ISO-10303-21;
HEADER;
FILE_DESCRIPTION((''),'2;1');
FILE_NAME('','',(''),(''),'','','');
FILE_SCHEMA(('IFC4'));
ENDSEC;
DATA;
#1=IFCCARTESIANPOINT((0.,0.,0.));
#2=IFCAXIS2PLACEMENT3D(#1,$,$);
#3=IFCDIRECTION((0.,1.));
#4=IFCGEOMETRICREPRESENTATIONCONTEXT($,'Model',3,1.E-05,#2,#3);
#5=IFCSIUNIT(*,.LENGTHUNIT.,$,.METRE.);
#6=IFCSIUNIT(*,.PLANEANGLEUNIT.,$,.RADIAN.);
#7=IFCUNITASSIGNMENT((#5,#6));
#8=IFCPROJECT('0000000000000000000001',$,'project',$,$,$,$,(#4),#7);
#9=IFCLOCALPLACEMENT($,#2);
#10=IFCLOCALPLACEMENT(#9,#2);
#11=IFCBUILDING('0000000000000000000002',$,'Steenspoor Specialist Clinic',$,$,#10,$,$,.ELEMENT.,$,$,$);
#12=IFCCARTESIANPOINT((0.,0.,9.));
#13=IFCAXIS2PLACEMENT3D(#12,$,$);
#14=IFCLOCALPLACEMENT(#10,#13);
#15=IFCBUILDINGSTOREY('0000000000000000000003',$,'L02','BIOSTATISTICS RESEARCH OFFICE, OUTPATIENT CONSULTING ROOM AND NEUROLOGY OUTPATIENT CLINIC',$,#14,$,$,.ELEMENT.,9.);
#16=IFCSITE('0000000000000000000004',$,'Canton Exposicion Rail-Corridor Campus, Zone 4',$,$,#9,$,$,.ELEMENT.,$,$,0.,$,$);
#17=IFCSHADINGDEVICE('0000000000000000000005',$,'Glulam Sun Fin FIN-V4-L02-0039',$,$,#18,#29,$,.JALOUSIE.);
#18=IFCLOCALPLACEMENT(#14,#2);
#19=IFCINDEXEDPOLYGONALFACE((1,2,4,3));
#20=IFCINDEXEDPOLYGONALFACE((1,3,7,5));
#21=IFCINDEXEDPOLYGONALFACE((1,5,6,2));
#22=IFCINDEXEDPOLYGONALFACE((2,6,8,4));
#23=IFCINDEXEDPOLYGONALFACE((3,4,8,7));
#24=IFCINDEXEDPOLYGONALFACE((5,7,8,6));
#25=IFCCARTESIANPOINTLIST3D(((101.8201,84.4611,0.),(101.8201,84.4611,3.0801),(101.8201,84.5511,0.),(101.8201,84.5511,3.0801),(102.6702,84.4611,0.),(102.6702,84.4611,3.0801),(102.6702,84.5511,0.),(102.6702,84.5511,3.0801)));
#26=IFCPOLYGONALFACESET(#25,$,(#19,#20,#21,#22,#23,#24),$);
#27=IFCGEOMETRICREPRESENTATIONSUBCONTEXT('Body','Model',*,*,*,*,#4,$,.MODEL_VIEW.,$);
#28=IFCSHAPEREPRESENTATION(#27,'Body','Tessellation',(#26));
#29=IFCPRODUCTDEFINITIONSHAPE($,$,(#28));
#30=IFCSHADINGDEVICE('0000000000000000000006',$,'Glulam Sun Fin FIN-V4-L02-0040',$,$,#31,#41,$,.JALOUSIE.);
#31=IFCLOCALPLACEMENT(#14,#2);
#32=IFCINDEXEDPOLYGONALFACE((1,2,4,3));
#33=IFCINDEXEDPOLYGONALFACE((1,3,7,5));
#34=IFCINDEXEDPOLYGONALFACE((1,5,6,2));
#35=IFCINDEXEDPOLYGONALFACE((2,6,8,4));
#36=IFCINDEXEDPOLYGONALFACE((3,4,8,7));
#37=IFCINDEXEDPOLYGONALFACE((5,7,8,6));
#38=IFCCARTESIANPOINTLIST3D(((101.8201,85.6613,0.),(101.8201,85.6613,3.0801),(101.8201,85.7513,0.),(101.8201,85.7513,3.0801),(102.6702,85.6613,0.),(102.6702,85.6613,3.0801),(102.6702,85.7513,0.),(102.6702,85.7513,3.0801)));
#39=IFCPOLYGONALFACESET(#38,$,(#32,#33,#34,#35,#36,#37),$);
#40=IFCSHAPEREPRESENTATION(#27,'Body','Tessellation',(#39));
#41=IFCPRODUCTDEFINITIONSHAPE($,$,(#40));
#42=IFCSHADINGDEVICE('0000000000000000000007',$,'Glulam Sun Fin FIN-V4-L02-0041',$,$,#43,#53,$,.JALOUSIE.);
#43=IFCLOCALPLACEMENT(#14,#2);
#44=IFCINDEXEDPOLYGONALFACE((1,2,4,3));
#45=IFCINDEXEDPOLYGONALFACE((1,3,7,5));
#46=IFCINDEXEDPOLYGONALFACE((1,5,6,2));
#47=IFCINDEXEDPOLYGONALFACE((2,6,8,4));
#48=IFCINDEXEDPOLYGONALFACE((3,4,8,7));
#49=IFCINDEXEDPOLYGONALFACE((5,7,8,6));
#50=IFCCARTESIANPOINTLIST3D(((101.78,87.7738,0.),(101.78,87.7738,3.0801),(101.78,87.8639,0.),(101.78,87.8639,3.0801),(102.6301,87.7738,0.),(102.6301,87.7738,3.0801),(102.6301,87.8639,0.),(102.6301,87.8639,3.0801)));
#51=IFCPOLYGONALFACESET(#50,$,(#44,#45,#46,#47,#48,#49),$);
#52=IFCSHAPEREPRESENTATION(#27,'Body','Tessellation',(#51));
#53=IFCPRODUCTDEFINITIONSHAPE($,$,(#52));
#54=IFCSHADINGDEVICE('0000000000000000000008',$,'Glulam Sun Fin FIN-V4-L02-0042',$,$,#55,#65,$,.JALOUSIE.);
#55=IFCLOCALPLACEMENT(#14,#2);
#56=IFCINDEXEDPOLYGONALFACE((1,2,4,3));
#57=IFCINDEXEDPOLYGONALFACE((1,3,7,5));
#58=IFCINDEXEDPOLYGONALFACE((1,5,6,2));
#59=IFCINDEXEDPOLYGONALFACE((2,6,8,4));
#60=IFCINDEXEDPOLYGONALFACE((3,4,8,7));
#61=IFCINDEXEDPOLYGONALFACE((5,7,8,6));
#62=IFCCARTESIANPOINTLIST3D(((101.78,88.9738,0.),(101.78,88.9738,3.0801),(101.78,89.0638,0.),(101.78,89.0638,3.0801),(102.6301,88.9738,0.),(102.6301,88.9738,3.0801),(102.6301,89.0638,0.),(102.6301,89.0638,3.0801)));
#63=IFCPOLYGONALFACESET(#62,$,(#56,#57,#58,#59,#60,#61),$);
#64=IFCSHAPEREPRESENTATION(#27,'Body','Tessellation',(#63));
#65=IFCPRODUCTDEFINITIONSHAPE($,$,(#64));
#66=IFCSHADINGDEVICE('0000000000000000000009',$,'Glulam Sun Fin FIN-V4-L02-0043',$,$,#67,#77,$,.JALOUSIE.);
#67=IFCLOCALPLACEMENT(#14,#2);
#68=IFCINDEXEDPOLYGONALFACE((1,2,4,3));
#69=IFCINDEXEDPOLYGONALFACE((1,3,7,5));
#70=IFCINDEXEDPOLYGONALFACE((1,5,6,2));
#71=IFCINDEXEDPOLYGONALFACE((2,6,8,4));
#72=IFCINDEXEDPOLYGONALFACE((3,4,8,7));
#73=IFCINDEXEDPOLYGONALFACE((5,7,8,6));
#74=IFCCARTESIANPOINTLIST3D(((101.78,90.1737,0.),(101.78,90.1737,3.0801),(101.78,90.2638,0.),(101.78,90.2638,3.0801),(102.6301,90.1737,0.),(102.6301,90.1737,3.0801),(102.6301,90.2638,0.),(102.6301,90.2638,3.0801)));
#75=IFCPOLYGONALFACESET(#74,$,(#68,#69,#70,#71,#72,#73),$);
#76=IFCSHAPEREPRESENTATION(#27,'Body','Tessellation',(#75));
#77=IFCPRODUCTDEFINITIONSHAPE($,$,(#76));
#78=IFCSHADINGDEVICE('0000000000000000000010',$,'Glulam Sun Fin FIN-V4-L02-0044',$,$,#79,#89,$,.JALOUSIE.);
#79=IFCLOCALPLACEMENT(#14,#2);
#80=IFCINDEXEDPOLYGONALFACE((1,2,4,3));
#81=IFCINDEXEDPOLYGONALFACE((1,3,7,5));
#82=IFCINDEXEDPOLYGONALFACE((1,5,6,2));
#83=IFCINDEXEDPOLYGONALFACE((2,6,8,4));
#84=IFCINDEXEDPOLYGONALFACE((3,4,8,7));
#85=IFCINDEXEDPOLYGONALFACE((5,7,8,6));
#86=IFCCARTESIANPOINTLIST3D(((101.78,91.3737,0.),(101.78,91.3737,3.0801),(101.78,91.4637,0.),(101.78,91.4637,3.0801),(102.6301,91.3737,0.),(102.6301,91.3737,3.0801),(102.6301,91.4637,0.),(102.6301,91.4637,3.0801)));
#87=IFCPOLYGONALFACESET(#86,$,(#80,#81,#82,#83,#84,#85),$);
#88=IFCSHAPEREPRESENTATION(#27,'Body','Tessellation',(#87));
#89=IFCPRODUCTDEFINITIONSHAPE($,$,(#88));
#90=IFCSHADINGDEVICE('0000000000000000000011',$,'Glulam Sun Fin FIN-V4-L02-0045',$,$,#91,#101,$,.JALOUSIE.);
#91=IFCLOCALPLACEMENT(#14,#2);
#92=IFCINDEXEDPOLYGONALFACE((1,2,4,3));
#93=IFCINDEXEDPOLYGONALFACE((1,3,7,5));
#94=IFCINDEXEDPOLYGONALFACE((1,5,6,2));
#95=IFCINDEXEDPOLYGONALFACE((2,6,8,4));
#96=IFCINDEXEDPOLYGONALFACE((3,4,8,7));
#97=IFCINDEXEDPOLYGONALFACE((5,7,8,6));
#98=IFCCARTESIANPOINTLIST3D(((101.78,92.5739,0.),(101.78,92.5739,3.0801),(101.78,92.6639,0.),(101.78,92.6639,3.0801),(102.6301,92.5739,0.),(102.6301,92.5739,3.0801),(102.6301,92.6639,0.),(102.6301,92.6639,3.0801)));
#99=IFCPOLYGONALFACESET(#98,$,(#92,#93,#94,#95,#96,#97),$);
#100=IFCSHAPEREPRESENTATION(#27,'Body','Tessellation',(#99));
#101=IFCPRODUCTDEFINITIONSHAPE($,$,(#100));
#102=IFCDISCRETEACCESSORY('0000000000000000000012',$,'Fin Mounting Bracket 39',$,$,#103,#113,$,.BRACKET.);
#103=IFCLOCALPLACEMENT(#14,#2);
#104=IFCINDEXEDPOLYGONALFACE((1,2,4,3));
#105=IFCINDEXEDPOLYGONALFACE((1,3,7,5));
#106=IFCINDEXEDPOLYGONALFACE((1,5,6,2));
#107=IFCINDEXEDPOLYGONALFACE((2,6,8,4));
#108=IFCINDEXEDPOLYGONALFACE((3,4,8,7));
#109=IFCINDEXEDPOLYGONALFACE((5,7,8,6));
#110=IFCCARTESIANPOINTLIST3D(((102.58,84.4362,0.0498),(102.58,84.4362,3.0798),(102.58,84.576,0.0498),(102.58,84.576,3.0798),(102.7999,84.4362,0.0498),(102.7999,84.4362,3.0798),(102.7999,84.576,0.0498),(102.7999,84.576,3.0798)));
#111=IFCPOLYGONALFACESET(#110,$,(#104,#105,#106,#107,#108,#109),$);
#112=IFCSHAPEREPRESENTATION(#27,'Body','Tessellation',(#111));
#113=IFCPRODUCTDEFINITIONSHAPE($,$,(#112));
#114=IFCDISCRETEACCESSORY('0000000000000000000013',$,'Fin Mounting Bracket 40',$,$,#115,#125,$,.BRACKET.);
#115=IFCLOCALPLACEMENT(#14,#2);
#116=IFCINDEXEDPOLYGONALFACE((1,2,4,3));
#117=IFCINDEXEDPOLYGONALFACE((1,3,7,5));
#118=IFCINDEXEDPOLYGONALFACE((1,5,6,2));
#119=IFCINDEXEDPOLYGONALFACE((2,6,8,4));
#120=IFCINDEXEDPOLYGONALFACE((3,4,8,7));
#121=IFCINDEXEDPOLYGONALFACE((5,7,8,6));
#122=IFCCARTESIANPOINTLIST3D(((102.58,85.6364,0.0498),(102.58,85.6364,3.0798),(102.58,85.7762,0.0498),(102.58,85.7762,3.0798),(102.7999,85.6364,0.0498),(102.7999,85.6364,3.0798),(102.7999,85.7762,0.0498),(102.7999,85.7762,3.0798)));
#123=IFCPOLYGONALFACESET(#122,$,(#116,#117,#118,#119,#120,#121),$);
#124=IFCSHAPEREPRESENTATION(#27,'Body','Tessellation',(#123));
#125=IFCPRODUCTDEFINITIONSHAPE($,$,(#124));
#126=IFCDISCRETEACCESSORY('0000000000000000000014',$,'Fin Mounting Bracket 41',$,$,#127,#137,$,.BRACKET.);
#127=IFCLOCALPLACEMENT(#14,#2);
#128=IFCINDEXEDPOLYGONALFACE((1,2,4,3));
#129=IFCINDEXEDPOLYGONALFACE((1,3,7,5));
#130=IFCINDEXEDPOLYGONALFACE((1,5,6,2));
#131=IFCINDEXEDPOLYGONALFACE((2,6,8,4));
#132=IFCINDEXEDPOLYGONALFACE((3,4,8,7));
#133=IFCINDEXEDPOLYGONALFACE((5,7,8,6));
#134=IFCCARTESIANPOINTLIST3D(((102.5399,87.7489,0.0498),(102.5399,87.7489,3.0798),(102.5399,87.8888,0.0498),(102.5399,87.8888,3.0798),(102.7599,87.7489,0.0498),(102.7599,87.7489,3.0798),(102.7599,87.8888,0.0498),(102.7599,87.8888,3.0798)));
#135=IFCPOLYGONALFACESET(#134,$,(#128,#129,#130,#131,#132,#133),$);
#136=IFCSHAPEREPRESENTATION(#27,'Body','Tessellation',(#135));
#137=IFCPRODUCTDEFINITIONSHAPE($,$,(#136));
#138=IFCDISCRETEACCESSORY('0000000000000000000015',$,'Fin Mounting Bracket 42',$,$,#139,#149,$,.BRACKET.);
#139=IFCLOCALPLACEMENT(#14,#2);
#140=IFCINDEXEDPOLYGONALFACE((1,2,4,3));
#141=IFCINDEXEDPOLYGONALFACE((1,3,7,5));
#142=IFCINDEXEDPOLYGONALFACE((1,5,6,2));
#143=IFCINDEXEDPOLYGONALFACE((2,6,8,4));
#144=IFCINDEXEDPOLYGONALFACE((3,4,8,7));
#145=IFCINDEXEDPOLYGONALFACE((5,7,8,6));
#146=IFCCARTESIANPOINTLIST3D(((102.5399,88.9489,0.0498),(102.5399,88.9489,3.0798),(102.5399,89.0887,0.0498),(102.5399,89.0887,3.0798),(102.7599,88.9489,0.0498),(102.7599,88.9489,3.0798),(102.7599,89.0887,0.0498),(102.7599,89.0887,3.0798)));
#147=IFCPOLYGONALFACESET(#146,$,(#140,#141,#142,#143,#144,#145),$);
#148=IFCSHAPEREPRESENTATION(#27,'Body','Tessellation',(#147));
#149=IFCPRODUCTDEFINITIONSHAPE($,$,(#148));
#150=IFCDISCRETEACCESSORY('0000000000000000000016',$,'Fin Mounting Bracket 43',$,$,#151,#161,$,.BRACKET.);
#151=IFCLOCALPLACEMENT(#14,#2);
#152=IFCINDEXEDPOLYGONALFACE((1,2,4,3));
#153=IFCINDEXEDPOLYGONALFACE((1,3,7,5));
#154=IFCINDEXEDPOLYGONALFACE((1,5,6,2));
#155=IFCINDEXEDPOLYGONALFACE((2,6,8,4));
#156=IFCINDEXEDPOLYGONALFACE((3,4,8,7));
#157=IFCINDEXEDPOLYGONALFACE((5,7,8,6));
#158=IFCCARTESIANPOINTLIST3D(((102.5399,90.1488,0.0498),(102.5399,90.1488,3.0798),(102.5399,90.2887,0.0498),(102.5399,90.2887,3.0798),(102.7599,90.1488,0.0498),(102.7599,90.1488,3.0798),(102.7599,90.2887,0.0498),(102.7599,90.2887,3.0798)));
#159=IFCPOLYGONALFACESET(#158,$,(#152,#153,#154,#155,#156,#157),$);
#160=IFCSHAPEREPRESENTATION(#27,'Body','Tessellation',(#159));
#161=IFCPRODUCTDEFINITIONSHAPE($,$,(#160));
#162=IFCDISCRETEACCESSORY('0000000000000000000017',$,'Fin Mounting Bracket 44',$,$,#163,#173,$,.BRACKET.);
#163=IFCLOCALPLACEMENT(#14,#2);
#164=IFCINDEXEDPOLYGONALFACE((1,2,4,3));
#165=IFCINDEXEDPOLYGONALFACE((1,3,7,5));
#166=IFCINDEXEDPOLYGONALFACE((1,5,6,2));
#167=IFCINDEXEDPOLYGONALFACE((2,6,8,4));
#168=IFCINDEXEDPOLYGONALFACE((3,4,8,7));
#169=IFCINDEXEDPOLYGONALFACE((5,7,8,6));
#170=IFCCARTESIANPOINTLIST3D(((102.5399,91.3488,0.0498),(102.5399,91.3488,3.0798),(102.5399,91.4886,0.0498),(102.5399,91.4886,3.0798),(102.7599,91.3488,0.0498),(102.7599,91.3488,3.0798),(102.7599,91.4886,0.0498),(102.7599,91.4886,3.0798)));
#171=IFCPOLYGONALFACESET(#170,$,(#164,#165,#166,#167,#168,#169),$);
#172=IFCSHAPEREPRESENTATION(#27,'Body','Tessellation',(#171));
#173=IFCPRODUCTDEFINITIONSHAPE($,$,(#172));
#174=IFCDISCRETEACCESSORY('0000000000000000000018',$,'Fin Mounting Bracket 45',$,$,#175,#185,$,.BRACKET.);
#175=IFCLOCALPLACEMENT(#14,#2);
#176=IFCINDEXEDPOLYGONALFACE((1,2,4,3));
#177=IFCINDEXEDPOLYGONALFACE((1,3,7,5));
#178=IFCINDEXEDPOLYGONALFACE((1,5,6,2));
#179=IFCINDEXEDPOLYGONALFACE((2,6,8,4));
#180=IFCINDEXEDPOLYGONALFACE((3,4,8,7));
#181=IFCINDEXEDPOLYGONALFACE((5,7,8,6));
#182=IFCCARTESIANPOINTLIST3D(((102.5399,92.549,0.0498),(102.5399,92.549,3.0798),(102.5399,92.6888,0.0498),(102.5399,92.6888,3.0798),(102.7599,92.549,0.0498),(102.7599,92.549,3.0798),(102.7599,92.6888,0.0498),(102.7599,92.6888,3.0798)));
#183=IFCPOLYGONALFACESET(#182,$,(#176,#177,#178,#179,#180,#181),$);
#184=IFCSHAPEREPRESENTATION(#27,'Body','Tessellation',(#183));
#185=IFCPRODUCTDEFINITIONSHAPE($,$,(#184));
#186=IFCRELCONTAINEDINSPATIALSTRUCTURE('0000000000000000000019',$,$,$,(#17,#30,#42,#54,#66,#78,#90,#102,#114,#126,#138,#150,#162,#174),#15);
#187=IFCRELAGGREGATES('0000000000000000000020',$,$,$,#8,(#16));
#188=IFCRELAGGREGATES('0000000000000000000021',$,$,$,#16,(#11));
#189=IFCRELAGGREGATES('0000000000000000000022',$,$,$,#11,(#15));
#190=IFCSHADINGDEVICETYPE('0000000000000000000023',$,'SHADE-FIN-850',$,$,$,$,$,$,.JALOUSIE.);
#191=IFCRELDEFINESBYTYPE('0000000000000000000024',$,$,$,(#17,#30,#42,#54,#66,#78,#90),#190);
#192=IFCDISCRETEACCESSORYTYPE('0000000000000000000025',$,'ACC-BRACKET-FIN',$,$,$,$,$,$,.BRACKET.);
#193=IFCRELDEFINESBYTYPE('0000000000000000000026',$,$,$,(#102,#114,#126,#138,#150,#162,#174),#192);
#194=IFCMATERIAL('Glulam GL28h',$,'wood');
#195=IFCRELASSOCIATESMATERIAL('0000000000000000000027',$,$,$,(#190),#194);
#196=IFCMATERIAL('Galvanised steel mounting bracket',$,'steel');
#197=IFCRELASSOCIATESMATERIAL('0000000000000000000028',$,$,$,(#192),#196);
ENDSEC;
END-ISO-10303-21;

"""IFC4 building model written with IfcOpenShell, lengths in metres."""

from ifc_helpers import new_model, si_unit, direction, frame, origin, origin_2d, place, context, subcontext, project, spatial, rectangle, extrude, material, material_profile, profile_set, type_object, element, save


model = new_model("IFC4")

# Units and contexts
model_context = context("Model", 3, precision=1e-05, world=origin(), true_north=direction((0.0, 1.0)))
body_context = subcontext(model_context, "Body", "Model", "MODEL_VIEW")
ifc_project = project(units=[si_unit("LENGTHUNIT", "METRE"), si_unit("PLANEANGLEUNIT", "RADIAN")], contexts=[model_context])

# Site, building, storey
site_placement = place(None, origin())
site = spatial("IfcSite", under=ifc_project, at=site_placement, Name="Canton Exposicion Rail-Corridor Campus, Zone 4", CompositionType="ELEMENT", RefElevation=0.0)
building_placement = place(site_placement, origin())
building = spatial("IfcBuilding", under=site, at=building_placement, Name="Steenspoor Specialist Clinic", CompositionType="ELEMENT")
storey_placement = place(building_placement, frame((0.0, 0.0, 9.0)))
storey = spatial("IfcBuildingStorey", under=building, at=storey_placement, Name="L02", Description="BIOSTATISTICS RESEARCH OFFICE, OUTPATIENT CONSULTING ROOM AND NEUROLOGY OUTPATIENT CLINIC", CompositionType="ELEMENT", Elevation=9.0)

# Shading devices
ifc_material_1 = material(Name="Glulam GL28h", Category="wood")
ifc_material_profile_1 = material_profile(ifc_material_1, rectangle(XDim=0.0901, YDim=0.8501, at=origin_2d()), Name="GL28H-90X850")
ifc_profile_set_1 = profile_set([ifc_material_profile_1], Name="Glulam GL28h")
shading_device_type = type_object("IfcShadingDeviceType", Name="SHADE-FIN-850", PredefinedType="JALOUSIE", material=ifc_profile_set_1)
for number, where, z_axis, x_axis, name in (
    (1, (102.2451, 84.5061, 0.0), (0.0, 0.0, 1.0), (0.0, 1.0, 0.0), "Glulam Sun Fin FIN-V4-L02-0039"),
    (2, (102.2451, 85.7063, 0.0), (0.0, 0.0, 1.0), (0.0, 1.0, 0.0), "Glulam Sun Fin FIN-V4-L02-0040"),
    (3, (102.2051, 87.8188, 0.0), (0.0, 0.0, 1.0), (0.0, 1.0, 0.0), "Glulam Sun Fin FIN-V4-L02-0041"),
    (4, (102.2051, 89.0188, 0.0), (0.0, 0.0, 1.0), (0.0, 1.0, 0.0), "Glulam Sun Fin FIN-V4-L02-0042"),
    (5, (102.2051, 90.2188, 0.0), (0.0, 0.0, 1.0), (0.0, 1.0, 0.0), "Glulam Sun Fin FIN-V4-L02-0043"),
    (6, (102.2051, 91.4187, 0.0), (0.0, 0.0, 1.0), (0.0, 1.0, 0.0), "Glulam Sun Fin FIN-V4-L02-0044"),
    (7, (102.2051, 92.6189, 0.0), (0.0, 0.0, 1.0), (0.0, 1.0, 0.0), "Glulam Sun Fin FIN-V4-L02-0045"),
):
    element("IfcShadingDevice", number, at=place(storey_placement, frame(where, z_axis=z_axis, x_axis=x_axis)), inside=storey, type_object=shading_device_type, Name=name, PredefinedType="JALOUSIE", context=body_context, shape_type="SweptSolid", body=[
        extrude(rectangle(XDim=0.0901, YDim=0.8501, at=origin_2d()), origin(), (0.0, 0.0, 1.0), 3.0801),
    ])

# Discrete accessories
ifc_material_2 = material(Name="Galvanised steel mounting bracket", Category="steel")
discrete_accessory_type = type_object("IfcDiscreteAccessoryType", Name="ACC-BRACKET-FIN", PredefinedType="BRACKET", material=ifc_material_2)
for number, where, z_axis, x_axis, name in (
    (8, (102.6899, 84.5061, 0.0498), (0.0, 0.0, 1.0), (-1.0, 0.0, 0.0), "Fin Mounting Bracket 39"),
    (9, (102.6899, 85.7063, 0.0498), (0.0, 0.0, 1.0), (-1.0, 0.0, 0.0), "Fin Mounting Bracket 40"),
    (10, (102.6499, 87.8188, 0.0498), (0.0, 0.0, 1.0), (-1.0, 0.0, 0.0), "Fin Mounting Bracket 41"),
    (11, (102.6499, 89.0188, 0.0498), (0.0, 0.0, 1.0), (-1.0, 0.0, 0.0), "Fin Mounting Bracket 42"),
    (12, (102.6499, 90.2188, 0.0498), (0.0, 0.0, 1.0), (-1.0, 0.0, 0.0), "Fin Mounting Bracket 43"),
    (13, (102.6499, 91.4187, 0.0498), (0.0, 0.0, 1.0), (-1.0, 0.0, 0.0), "Fin Mounting Bracket 44"),
    (14, (102.6499, 92.6189, 0.0498), (0.0, 0.0, 1.0), (-1.0, 0.0, 0.0), "Fin Mounting Bracket 45"),
):
    element("IfcDiscreteAccessory", number, at=place(storey_placement, frame(where, z_axis=z_axis, x_axis=x_axis)), inside=storey, type_object=discrete_accessory_type, Name=name, PredefinedType="BRACKET", context=body_context, shape_type="SweptSolid", body=[
        extrude(rectangle(XDim=0.22, YDim=0.1399, at=origin_2d()), origin(), (0.0, 0.0, 1.0), 3.03),
    ])

save(model, "model.ifc")
